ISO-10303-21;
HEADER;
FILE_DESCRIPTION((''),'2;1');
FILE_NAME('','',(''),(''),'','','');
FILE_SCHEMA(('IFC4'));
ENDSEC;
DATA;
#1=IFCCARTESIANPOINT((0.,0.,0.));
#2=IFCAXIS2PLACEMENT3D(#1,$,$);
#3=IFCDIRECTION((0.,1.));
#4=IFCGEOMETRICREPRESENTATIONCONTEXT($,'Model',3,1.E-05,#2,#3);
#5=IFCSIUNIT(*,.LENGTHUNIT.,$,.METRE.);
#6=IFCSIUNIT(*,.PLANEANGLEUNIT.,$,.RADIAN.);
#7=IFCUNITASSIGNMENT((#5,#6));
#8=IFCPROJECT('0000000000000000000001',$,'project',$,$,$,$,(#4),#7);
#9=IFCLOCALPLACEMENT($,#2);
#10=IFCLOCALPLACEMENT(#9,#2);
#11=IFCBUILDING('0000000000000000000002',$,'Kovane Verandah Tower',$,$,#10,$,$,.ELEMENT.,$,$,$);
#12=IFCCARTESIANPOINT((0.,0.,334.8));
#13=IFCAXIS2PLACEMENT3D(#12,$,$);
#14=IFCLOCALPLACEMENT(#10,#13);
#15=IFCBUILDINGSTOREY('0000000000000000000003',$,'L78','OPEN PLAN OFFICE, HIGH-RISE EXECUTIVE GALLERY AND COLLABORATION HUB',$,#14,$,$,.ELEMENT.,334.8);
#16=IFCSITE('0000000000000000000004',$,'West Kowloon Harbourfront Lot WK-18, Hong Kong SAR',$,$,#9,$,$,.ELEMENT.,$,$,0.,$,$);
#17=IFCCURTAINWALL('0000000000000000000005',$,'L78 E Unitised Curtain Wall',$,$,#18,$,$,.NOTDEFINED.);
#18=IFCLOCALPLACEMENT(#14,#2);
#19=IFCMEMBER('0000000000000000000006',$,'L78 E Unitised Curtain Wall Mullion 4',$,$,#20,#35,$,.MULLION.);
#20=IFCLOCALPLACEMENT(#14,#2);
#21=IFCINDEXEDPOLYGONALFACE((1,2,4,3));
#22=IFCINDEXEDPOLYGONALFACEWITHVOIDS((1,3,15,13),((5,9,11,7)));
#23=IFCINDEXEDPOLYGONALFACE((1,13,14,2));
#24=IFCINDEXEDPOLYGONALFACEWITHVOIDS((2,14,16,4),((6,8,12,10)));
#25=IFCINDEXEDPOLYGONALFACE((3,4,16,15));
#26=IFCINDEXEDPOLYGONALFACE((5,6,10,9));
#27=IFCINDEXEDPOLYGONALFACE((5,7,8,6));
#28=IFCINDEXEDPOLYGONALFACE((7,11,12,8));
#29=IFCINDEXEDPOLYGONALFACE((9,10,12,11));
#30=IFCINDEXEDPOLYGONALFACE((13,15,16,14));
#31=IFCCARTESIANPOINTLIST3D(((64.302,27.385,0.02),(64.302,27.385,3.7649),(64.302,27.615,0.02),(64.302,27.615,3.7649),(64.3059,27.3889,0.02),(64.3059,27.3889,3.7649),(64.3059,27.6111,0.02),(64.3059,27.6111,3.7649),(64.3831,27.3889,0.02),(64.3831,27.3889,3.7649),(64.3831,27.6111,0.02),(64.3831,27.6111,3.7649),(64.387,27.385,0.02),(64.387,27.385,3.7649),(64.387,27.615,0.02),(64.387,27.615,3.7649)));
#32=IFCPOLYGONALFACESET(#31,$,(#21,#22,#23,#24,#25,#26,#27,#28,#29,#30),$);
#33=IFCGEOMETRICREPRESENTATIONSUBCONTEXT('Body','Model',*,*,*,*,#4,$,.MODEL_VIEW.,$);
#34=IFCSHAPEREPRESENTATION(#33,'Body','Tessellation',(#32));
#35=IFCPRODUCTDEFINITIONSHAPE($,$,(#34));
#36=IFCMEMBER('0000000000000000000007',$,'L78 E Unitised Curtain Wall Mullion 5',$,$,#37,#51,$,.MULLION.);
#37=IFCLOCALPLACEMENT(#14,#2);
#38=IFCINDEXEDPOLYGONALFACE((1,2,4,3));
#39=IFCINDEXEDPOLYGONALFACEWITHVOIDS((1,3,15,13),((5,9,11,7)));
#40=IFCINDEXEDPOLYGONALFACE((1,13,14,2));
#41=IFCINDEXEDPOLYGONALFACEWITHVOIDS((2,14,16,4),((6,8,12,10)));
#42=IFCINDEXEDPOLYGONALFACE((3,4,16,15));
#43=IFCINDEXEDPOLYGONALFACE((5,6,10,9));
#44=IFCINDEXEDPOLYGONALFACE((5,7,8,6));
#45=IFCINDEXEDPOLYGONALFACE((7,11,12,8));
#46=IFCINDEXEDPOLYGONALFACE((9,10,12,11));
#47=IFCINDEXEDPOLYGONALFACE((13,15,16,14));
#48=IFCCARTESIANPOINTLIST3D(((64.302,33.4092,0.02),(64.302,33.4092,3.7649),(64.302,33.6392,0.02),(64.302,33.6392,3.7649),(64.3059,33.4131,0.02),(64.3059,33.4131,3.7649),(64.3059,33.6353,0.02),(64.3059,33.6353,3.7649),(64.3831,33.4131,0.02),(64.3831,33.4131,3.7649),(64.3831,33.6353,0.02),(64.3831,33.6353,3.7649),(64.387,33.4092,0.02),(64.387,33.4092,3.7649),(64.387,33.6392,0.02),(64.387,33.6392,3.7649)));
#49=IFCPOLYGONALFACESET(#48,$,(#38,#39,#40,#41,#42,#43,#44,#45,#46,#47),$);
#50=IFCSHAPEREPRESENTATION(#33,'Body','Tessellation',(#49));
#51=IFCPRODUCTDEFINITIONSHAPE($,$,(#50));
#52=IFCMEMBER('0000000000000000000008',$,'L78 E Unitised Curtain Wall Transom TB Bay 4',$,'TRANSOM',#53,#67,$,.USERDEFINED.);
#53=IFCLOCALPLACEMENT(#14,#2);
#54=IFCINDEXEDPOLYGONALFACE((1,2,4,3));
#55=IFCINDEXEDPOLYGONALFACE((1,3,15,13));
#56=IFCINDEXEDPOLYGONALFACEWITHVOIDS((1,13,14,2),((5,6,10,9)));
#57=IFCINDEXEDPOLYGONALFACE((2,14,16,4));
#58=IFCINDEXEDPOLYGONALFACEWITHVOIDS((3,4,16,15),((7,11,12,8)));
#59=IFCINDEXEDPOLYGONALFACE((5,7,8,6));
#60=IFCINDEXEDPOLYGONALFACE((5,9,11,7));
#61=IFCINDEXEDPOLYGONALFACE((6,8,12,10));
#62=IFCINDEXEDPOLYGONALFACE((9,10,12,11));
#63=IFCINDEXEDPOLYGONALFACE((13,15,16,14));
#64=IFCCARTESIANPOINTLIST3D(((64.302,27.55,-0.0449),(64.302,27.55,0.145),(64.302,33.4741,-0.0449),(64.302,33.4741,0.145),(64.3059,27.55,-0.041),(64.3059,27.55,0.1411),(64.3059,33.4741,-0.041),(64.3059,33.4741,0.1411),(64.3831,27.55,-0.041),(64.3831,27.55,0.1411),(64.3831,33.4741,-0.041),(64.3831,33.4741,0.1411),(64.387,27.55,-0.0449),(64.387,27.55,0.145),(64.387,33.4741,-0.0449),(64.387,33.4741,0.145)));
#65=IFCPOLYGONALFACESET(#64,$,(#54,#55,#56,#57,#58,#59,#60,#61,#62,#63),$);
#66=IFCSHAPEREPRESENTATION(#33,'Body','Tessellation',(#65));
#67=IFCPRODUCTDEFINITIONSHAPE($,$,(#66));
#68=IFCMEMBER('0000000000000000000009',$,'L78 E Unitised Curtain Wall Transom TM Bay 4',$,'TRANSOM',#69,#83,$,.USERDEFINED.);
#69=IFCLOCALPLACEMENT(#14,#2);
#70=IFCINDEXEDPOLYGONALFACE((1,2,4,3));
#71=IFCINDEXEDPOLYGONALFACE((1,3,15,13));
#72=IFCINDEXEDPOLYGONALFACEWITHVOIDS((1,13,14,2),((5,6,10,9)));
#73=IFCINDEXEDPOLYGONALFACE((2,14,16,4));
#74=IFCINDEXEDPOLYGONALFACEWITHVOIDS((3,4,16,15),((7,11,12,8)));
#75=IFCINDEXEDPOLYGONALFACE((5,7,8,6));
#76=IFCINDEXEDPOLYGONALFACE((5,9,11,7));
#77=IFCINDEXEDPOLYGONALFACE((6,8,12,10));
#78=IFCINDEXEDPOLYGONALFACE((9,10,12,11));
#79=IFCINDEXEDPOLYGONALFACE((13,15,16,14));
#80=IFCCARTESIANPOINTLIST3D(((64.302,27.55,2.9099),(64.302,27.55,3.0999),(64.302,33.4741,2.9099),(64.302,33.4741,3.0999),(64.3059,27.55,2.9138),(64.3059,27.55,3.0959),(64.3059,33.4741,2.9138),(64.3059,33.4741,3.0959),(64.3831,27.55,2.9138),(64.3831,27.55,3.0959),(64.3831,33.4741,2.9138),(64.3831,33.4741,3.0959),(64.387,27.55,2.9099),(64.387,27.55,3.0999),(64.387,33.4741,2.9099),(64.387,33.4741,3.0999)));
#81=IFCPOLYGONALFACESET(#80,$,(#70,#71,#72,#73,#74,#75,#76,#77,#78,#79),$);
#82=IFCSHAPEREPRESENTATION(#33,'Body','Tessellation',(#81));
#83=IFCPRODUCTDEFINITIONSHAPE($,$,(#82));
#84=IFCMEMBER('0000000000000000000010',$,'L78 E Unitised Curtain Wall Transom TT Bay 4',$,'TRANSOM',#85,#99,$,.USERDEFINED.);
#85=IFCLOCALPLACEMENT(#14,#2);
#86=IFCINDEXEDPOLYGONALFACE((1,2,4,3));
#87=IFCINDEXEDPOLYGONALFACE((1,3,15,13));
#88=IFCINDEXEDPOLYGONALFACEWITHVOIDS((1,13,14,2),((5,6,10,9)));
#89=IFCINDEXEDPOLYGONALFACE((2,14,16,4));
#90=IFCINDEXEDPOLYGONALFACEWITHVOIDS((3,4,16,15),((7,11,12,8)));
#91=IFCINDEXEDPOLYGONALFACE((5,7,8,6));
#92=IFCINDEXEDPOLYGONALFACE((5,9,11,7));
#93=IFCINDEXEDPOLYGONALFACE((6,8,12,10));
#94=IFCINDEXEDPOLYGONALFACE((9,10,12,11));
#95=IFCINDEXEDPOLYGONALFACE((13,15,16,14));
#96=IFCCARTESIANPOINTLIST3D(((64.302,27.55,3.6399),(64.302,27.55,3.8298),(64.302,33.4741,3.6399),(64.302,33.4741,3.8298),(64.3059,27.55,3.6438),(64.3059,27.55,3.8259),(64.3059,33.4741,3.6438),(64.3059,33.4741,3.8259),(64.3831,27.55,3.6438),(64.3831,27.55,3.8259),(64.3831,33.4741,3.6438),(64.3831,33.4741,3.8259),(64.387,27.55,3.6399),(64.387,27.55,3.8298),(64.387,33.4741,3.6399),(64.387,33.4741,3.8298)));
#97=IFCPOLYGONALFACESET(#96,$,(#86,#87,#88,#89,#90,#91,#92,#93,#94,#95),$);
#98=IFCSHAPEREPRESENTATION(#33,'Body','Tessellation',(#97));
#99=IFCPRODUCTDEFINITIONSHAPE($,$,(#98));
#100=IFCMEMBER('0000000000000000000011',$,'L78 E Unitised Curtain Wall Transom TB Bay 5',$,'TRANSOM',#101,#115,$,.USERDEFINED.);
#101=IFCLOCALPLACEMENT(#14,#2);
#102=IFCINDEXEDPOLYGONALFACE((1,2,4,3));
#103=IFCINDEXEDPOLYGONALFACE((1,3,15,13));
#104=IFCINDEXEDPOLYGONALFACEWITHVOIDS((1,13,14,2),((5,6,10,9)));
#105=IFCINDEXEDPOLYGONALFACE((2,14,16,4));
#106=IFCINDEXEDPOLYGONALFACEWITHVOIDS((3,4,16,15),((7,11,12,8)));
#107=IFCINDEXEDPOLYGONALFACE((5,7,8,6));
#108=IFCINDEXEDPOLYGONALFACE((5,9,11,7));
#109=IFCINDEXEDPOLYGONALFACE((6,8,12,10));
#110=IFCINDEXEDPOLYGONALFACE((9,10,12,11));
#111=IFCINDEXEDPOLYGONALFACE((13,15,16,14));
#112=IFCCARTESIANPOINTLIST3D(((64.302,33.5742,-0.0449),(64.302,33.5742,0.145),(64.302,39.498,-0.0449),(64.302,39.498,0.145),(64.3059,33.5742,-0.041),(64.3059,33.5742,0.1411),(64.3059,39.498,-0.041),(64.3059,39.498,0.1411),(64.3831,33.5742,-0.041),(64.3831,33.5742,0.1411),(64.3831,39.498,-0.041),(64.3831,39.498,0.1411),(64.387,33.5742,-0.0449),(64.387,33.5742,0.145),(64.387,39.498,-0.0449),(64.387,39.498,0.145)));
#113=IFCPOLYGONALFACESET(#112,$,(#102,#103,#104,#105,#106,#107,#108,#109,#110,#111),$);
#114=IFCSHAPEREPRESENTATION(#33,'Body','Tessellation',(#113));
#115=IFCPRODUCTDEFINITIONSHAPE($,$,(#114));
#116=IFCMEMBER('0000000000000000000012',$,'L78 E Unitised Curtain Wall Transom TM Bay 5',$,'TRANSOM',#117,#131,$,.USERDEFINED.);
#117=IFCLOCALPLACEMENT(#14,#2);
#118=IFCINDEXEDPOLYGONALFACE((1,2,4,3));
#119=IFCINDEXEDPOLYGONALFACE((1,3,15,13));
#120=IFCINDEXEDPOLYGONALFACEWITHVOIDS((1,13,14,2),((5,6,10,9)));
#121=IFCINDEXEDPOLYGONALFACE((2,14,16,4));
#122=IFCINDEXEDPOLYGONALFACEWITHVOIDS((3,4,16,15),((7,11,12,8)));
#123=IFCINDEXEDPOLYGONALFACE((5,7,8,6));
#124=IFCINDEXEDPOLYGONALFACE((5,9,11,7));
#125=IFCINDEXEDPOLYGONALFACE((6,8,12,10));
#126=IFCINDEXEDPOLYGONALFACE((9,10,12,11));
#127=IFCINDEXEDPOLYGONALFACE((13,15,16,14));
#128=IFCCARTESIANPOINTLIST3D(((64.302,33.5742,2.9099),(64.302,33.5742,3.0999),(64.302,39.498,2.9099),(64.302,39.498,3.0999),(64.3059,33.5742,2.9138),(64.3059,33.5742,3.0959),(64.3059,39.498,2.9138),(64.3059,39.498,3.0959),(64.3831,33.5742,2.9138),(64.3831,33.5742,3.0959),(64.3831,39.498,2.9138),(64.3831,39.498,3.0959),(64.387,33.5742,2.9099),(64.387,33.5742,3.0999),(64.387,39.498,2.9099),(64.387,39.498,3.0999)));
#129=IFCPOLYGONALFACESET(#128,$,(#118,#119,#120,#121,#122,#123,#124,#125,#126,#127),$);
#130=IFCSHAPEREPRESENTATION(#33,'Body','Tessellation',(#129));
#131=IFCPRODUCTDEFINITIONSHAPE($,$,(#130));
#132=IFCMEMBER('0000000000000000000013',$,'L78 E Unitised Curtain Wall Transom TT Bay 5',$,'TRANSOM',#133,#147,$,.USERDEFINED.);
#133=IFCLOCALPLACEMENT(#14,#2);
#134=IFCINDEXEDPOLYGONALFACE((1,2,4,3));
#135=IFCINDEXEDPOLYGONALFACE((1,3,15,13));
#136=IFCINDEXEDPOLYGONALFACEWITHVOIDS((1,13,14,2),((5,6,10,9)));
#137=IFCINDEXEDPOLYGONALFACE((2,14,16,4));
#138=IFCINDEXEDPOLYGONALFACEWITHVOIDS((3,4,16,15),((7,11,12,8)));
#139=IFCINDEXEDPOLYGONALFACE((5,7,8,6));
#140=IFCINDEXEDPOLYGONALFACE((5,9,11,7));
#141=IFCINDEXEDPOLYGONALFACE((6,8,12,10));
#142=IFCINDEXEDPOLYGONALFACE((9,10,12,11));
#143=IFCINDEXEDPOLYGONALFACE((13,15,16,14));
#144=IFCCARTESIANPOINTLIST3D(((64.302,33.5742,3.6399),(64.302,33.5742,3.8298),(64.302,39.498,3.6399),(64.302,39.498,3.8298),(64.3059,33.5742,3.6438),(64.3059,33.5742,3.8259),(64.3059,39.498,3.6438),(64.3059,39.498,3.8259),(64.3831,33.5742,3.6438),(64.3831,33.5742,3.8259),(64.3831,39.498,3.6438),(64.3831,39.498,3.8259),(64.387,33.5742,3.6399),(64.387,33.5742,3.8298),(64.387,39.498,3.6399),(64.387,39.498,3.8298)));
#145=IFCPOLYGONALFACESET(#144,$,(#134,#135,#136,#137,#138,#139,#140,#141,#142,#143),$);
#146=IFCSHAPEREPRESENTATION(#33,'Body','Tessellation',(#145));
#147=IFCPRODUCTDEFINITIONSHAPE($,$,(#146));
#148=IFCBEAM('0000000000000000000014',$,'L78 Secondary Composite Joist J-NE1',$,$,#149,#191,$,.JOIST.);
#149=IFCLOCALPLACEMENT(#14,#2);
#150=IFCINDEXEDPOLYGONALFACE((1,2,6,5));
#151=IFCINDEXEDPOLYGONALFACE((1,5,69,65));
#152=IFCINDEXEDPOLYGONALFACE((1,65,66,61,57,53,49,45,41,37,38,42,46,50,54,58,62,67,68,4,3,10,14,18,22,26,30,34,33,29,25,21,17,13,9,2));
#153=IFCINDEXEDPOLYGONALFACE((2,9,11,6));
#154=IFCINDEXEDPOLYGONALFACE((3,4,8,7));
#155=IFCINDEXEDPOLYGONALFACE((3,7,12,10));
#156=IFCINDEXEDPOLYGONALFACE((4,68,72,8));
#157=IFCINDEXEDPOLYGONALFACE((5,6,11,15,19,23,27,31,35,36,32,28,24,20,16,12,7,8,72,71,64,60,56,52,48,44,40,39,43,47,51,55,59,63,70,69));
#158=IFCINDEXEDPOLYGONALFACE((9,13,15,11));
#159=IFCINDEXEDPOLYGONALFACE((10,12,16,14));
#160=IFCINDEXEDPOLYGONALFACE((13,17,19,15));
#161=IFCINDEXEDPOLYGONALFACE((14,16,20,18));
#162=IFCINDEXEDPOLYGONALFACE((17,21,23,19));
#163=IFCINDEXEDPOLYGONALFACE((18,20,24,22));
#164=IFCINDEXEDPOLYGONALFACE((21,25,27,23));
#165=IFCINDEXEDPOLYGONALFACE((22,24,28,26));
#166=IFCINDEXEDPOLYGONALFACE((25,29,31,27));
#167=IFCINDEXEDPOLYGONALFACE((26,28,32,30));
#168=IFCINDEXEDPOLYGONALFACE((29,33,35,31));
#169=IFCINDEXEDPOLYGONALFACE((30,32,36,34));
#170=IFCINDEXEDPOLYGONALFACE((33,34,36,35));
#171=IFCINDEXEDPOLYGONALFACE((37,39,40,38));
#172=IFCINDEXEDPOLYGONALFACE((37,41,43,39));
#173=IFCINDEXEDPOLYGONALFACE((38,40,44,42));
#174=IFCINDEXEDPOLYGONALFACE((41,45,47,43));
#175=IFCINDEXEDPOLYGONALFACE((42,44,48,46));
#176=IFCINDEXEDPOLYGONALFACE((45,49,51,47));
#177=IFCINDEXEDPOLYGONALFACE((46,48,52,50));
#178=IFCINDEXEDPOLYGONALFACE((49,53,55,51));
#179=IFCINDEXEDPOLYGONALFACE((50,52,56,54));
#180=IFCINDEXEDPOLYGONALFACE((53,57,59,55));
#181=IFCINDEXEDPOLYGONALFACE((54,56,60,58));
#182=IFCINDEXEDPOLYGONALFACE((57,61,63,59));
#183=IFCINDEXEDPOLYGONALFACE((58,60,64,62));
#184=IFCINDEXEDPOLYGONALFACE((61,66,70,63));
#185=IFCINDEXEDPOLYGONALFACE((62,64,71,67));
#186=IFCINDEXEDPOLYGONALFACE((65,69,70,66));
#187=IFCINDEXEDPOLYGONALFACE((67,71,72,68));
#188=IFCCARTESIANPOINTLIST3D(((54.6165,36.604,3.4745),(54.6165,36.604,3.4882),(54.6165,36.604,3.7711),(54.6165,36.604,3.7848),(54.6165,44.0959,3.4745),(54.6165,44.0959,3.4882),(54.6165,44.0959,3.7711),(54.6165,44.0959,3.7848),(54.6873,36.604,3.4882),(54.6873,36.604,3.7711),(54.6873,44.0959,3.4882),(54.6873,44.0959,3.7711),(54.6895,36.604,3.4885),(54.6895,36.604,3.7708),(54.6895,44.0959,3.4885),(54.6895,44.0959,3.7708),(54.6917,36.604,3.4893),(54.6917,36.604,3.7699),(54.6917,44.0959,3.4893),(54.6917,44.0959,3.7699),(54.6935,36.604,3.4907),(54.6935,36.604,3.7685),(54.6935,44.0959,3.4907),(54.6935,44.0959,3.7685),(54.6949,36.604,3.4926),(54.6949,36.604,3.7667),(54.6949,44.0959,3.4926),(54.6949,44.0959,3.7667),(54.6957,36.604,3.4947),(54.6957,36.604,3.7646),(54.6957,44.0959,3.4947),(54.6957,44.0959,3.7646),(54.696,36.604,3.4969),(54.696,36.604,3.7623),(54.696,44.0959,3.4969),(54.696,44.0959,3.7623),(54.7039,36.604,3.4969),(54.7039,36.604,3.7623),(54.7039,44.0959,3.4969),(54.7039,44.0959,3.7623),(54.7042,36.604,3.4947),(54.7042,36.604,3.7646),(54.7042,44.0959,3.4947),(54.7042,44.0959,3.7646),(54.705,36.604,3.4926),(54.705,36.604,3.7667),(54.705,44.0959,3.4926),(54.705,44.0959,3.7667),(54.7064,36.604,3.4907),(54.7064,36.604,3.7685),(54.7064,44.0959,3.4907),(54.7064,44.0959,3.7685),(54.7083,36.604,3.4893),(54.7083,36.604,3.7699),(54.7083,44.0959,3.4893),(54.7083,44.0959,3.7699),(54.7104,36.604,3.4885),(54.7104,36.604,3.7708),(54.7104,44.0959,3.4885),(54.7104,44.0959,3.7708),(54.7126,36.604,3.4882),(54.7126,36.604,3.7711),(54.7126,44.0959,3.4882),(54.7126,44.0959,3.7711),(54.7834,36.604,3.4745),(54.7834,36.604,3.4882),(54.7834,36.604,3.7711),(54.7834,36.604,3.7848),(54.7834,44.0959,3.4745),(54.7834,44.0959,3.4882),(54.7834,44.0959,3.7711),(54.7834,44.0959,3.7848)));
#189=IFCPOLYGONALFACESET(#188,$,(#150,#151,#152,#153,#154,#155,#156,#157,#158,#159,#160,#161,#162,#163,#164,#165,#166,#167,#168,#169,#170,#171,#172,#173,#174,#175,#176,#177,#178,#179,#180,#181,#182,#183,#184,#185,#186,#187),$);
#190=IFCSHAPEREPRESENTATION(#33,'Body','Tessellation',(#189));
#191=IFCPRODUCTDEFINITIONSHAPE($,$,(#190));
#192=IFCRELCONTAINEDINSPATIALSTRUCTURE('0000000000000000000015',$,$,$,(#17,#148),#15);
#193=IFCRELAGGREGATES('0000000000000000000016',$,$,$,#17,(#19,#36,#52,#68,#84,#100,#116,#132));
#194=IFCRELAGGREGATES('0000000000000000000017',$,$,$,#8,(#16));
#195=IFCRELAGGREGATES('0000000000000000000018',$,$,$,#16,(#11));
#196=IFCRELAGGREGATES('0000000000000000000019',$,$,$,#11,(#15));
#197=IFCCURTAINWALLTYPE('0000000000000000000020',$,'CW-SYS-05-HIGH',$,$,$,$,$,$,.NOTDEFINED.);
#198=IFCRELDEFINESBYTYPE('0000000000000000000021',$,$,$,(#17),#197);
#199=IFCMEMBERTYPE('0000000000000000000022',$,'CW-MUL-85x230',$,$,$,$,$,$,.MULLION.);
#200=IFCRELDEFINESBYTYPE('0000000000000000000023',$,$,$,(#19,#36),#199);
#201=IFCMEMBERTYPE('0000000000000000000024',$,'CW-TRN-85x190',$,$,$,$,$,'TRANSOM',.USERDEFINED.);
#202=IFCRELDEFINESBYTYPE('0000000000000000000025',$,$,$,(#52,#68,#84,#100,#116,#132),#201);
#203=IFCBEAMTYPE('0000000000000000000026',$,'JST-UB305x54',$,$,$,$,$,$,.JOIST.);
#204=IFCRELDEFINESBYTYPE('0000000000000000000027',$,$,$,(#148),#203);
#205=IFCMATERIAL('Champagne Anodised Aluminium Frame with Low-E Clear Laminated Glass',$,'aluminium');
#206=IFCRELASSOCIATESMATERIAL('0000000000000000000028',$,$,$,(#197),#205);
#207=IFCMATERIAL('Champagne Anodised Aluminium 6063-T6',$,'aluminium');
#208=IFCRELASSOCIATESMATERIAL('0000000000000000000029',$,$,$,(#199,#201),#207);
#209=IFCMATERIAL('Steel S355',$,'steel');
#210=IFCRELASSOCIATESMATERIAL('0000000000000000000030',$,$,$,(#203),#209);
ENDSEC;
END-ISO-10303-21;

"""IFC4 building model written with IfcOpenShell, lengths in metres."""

from ifc_helpers import new_model, si_unit, direction, frame, origin, origin_2d, place, context, subcontext, project, spatial, hollow_rectangle, i_section, extrude, material, material_profile, profile_set, type_object, element, aggregate, save


model = new_model("IFC4")

# Units and contexts
model_context = context("Model", 3, precision=1e-05, world=origin(), true_north=direction((0.0, 1.0)))
body_context = subcontext(model_context, "Body", "Model", "MODEL_VIEW")
ifc_project = project(units=[si_unit("LENGTHUNIT", "METRE"), si_unit("PLANEANGLEUNIT", "RADIAN")], contexts=[model_context])

# Site, building, storey
site_placement = place(None, origin())
site = spatial("IfcSite", under=ifc_project, at=site_placement, Name="West Kowloon Harbourfront Lot WK-18, Hong Kong SAR", CompositionType="ELEMENT", RefElevation=0.0)
building_placement = place(site_placement, origin())
building = spatial("IfcBuilding", under=site, at=building_placement, Name="Kovane Verandah Tower", CompositionType="ELEMENT")
storey_placement = place(building_placement, frame((0.0, 0.0, 334.8)))
storey = spatial("IfcBuildingStorey", under=building, at=storey_placement, Name="L78", Description="OPEN PLAN OFFICE, HIGH-RISE EXECUTIVE GALLERY AND COLLABORATION HUB", CompositionType="ELEMENT", Elevation=334.8)

# Shared definitions
ifc_material_1 = material(Name="Steel S355", Category="steel")

# Curtain wall, members
ifc_material_2 = material(Name="Champagne Anodised Aluminium Frame with Low-E Clear Laminated Glass", Category="aluminium")
curtain_wall_type = type_object("IfcCurtainWallType", Name="CW-SYS-05-HIGH", PredefinedType="NOTDEFINED", material=ifc_material_2)
curtain_wall_placement = place(storey_placement, origin())
curtain_wall = element("IfcCurtainWall", 1, at=curtain_wall_placement, inside=storey, type_object=curtain_wall_type, Name="L78 E Unitised Curtain Wall", PredefinedType="NOTDEFINED")
ifc_material_3 = material(Name="Champagne Anodised Aluminium 6063-T6", Category="aluminium")
ifc_material_profile_1 = material_profile(ifc_material_3, hollow_rectangle(XDim=0.085, YDim=0.23, WallThickness=0.0039, at=origin_2d()), Name="AL85x230x4")
ifc_profile_set_1 = profile_set([ifc_material_profile_1], Name="Champagne Anodised Aluminium 6063-T6")
member_type_1 = type_object("IfcMemberType", Name="CW-MUL-85x230", PredefinedType="MULLION", material=ifc_profile_set_1)
member_1_placement = place(storey_placement, frame((64.3445, 27.5, 0.02), z_axis=(0.0, 0.0, 1.0), x_axis=(1.0, 0.0, 0.0)))
member_1 = element("IfcMember", 2, at=member_1_placement, type_object=member_type_1, Name="L78 E Unitised Curtain Wall Mullion 4", PredefinedType="MULLION", context=body_context, shape_type="SweptSolid", body=[
    extrude(hollow_rectangle(XDim=0.085, YDim=0.23, WallThickness=0.0039, at=origin_2d()), origin(), (0.0, 0.0, 1.0), 3.7449),
])
member_2_placement = place(storey_placement, frame((64.3445, 33.5242, 0.02), z_axis=(0.0, 0.0, 1.0), x_axis=(1.0, 0.0, 0.0)))
member_2 = element("IfcMember", 3, at=member_2_placement, type_object=member_type_1, Name="L78 E Unitised Curtain Wall Mullion 5", PredefinedType="MULLION", context=body_context, shape_type="SweptSolid", body=[
    extrude(hollow_rectangle(XDim=0.085, YDim=0.23, WallThickness=0.0039, at=origin_2d()), origin(), (0.0, 0.0, 1.0), 3.7449),
])
ifc_material_profile_2 = material_profile(ifc_material_3, hollow_rectangle(XDim=0.085, YDim=0.1899, WallThickness=0.0039, at=origin_2d()), Name="AL85x190x4")
ifc_profile_set_2 = profile_set([ifc_material_profile_2], Name="Champagne Anodised Aluminium 6063-T6")
member_type_2 = type_object("IfcMemberType", Name="CW-TRN-85x190", ElementType="TRANSOM", PredefinedType="USERDEFINED", material=ifc_profile_set_2)
member_3_placement = place(storey_placement, frame((64.3445, 27.55, 0.05), z_axis=(0.0, 1.0, 0.0), x_axis=(-1.0, 0.0, 0.0)))
member_3 = element("IfcMember", 4, at=member_3_placement, type_object=member_type_2, Name="L78 E Unitised Curtain Wall Transom TB Bay 4", ObjectType="TRANSOM", PredefinedType="USERDEFINED", context=body_context, shape_type="SweptSolid", body=[
    extrude(hollow_rectangle(XDim=0.085, YDim=0.1899, WallThickness=0.0039, at=origin_2d()), origin(), (0.0, 0.0, 1.0), 5.9241),
])
member_4_placement = place(storey_placement, frame((64.3445, 27.55, 3.0049), z_axis=(0.0, 1.0, 0.0), x_axis=(-1.0, 0.0, 0.0)))
member_4 = element("IfcMember", 5, at=member_4_placement, type_object=member_type_2, Name="L78 E Unitised Curtain Wall Transom TM Bay 4", ObjectType="TRANSOM", PredefinedType="USERDEFINED", context=body_context, shape_type="SweptSolid", body=[
    extrude(hollow_rectangle(XDim=0.085, YDim=0.1899, WallThickness=0.0039, at=origin_2d()), origin(), (0.0, 0.0, 1.0), 5.9241),
])
member_5_placement = place(storey_placement, frame((64.3445, 27.55, 3.7349), z_axis=(0.0, 1.0, 0.0), x_axis=(-1.0, 0.0, 0.0)))
member_5 = element("IfcMember", 6, at=member_5_placement, type_object=member_type_2, Name="L78 E Unitised Curtain Wall Transom TT Bay 4", ObjectType="TRANSOM", PredefinedType="USERDEFINED", context=body_context, shape_type="SweptSolid", body=[
    extrude(hollow_rectangle(XDim=0.085, YDim=0.1899, WallThickness=0.0039, at=origin_2d()), origin(), (0.0, 0.0, 1.0), 5.9241),
])
member_6_placement = place(storey_placement, frame((64.3445, 33.5742, 0.05), z_axis=(0.0, 1.0, 0.0), x_axis=(-1.0, 0.0, 0.0)))
member_6 = element("IfcMember", 7, at=member_6_placement, type_object=member_type_2, Name="L78 E Unitised Curtain Wall Transom TB Bay 5", ObjectType="TRANSOM", PredefinedType="USERDEFINED", context=body_context, shape_type="SweptSolid", body=[
    extrude(hollow_rectangle(XDim=0.085, YDim=0.1899, WallThickness=0.0039, at=origin_2d()), origin(), (0.0, 0.0, 1.0), 5.9238),
])
member_7_placement = place(storey_placement, frame((64.3445, 33.5742, 3.0049), z_axis=(0.0, 1.0, 0.0), x_axis=(-1.0, 0.0, 0.0)))
member_7 = element("IfcMember", 8, at=member_7_placement, type_object=member_type_2, Name="L78 E Unitised Curtain Wall Transom TM Bay 5", ObjectType="TRANSOM", PredefinedType="USERDEFINED", context=body_context, shape_type="SweptSolid", body=[
    extrude(hollow_rectangle(XDim=0.085, YDim=0.1899, WallThickness=0.0039, at=origin_2d()), origin(), (0.0, 0.0, 1.0), 5.9238),
])
member_8_placement = place(storey_placement, frame((64.3445, 33.5742, 3.7349), z_axis=(0.0, 1.0, 0.0), x_axis=(-1.0, 0.0, 0.0)))
member_8 = element("IfcMember", 9, at=member_8_placement, type_object=member_type_2, Name="L78 E Unitised Curtain Wall Transom TT Bay 5", ObjectType="TRANSOM", PredefinedType="USERDEFINED", context=body_context, shape_type="SweptSolid", body=[
    extrude(hollow_rectangle(XDim=0.085, YDim=0.1899, WallThickness=0.0039, at=origin_2d()), origin(), (0.0, 0.0, 1.0), 5.9238),
])

# Beam
ifc_material_profile_3 = material_profile(ifc_material_1, i_section(OverallWidth=0.167, OverallDepth=0.3103, WebThickness=0.0078, FlangeThickness=0.0137, FilletRadius=0.0088, at=origin_2d()), Name="UB305x165x54")
ifc_profile_set_3 = profile_set([ifc_material_profile_3], Name="Steel S355")
beam_type_1 = type_object("IfcBeamType", Name="JST-UB305x54", PredefinedType="JOIST", material=ifc_profile_set_3)
beam_1_placement = place(storey_placement, frame((54.7, 36.604, 3.6296), z_axis=(0.0, 1.0, 0.0), x_axis=(-1.0, 0.0, 0.0)))
element("IfcBeam", 10, at=beam_1_placement, inside=storey, type_object=beam_type_1, Name="L78 Secondary Composite Joist J-NE1", PredefinedType="JOIST", context=body_context, shape_type="SweptSolid", body=[
    extrude(i_section(OverallWidth=0.167, OverallDepth=0.3103, WebThickness=0.0078, FlangeThickness=0.0137, FilletRadius=0.0088, at=origin_2d()), origin(), (0.0, 0.0, 1.0), 7.4919),
])

aggregate(curtain_wall, [member_1, member_2, member_3, member_4, member_5, member_6, member_7, member_8])

save(model, "model.ifc")
